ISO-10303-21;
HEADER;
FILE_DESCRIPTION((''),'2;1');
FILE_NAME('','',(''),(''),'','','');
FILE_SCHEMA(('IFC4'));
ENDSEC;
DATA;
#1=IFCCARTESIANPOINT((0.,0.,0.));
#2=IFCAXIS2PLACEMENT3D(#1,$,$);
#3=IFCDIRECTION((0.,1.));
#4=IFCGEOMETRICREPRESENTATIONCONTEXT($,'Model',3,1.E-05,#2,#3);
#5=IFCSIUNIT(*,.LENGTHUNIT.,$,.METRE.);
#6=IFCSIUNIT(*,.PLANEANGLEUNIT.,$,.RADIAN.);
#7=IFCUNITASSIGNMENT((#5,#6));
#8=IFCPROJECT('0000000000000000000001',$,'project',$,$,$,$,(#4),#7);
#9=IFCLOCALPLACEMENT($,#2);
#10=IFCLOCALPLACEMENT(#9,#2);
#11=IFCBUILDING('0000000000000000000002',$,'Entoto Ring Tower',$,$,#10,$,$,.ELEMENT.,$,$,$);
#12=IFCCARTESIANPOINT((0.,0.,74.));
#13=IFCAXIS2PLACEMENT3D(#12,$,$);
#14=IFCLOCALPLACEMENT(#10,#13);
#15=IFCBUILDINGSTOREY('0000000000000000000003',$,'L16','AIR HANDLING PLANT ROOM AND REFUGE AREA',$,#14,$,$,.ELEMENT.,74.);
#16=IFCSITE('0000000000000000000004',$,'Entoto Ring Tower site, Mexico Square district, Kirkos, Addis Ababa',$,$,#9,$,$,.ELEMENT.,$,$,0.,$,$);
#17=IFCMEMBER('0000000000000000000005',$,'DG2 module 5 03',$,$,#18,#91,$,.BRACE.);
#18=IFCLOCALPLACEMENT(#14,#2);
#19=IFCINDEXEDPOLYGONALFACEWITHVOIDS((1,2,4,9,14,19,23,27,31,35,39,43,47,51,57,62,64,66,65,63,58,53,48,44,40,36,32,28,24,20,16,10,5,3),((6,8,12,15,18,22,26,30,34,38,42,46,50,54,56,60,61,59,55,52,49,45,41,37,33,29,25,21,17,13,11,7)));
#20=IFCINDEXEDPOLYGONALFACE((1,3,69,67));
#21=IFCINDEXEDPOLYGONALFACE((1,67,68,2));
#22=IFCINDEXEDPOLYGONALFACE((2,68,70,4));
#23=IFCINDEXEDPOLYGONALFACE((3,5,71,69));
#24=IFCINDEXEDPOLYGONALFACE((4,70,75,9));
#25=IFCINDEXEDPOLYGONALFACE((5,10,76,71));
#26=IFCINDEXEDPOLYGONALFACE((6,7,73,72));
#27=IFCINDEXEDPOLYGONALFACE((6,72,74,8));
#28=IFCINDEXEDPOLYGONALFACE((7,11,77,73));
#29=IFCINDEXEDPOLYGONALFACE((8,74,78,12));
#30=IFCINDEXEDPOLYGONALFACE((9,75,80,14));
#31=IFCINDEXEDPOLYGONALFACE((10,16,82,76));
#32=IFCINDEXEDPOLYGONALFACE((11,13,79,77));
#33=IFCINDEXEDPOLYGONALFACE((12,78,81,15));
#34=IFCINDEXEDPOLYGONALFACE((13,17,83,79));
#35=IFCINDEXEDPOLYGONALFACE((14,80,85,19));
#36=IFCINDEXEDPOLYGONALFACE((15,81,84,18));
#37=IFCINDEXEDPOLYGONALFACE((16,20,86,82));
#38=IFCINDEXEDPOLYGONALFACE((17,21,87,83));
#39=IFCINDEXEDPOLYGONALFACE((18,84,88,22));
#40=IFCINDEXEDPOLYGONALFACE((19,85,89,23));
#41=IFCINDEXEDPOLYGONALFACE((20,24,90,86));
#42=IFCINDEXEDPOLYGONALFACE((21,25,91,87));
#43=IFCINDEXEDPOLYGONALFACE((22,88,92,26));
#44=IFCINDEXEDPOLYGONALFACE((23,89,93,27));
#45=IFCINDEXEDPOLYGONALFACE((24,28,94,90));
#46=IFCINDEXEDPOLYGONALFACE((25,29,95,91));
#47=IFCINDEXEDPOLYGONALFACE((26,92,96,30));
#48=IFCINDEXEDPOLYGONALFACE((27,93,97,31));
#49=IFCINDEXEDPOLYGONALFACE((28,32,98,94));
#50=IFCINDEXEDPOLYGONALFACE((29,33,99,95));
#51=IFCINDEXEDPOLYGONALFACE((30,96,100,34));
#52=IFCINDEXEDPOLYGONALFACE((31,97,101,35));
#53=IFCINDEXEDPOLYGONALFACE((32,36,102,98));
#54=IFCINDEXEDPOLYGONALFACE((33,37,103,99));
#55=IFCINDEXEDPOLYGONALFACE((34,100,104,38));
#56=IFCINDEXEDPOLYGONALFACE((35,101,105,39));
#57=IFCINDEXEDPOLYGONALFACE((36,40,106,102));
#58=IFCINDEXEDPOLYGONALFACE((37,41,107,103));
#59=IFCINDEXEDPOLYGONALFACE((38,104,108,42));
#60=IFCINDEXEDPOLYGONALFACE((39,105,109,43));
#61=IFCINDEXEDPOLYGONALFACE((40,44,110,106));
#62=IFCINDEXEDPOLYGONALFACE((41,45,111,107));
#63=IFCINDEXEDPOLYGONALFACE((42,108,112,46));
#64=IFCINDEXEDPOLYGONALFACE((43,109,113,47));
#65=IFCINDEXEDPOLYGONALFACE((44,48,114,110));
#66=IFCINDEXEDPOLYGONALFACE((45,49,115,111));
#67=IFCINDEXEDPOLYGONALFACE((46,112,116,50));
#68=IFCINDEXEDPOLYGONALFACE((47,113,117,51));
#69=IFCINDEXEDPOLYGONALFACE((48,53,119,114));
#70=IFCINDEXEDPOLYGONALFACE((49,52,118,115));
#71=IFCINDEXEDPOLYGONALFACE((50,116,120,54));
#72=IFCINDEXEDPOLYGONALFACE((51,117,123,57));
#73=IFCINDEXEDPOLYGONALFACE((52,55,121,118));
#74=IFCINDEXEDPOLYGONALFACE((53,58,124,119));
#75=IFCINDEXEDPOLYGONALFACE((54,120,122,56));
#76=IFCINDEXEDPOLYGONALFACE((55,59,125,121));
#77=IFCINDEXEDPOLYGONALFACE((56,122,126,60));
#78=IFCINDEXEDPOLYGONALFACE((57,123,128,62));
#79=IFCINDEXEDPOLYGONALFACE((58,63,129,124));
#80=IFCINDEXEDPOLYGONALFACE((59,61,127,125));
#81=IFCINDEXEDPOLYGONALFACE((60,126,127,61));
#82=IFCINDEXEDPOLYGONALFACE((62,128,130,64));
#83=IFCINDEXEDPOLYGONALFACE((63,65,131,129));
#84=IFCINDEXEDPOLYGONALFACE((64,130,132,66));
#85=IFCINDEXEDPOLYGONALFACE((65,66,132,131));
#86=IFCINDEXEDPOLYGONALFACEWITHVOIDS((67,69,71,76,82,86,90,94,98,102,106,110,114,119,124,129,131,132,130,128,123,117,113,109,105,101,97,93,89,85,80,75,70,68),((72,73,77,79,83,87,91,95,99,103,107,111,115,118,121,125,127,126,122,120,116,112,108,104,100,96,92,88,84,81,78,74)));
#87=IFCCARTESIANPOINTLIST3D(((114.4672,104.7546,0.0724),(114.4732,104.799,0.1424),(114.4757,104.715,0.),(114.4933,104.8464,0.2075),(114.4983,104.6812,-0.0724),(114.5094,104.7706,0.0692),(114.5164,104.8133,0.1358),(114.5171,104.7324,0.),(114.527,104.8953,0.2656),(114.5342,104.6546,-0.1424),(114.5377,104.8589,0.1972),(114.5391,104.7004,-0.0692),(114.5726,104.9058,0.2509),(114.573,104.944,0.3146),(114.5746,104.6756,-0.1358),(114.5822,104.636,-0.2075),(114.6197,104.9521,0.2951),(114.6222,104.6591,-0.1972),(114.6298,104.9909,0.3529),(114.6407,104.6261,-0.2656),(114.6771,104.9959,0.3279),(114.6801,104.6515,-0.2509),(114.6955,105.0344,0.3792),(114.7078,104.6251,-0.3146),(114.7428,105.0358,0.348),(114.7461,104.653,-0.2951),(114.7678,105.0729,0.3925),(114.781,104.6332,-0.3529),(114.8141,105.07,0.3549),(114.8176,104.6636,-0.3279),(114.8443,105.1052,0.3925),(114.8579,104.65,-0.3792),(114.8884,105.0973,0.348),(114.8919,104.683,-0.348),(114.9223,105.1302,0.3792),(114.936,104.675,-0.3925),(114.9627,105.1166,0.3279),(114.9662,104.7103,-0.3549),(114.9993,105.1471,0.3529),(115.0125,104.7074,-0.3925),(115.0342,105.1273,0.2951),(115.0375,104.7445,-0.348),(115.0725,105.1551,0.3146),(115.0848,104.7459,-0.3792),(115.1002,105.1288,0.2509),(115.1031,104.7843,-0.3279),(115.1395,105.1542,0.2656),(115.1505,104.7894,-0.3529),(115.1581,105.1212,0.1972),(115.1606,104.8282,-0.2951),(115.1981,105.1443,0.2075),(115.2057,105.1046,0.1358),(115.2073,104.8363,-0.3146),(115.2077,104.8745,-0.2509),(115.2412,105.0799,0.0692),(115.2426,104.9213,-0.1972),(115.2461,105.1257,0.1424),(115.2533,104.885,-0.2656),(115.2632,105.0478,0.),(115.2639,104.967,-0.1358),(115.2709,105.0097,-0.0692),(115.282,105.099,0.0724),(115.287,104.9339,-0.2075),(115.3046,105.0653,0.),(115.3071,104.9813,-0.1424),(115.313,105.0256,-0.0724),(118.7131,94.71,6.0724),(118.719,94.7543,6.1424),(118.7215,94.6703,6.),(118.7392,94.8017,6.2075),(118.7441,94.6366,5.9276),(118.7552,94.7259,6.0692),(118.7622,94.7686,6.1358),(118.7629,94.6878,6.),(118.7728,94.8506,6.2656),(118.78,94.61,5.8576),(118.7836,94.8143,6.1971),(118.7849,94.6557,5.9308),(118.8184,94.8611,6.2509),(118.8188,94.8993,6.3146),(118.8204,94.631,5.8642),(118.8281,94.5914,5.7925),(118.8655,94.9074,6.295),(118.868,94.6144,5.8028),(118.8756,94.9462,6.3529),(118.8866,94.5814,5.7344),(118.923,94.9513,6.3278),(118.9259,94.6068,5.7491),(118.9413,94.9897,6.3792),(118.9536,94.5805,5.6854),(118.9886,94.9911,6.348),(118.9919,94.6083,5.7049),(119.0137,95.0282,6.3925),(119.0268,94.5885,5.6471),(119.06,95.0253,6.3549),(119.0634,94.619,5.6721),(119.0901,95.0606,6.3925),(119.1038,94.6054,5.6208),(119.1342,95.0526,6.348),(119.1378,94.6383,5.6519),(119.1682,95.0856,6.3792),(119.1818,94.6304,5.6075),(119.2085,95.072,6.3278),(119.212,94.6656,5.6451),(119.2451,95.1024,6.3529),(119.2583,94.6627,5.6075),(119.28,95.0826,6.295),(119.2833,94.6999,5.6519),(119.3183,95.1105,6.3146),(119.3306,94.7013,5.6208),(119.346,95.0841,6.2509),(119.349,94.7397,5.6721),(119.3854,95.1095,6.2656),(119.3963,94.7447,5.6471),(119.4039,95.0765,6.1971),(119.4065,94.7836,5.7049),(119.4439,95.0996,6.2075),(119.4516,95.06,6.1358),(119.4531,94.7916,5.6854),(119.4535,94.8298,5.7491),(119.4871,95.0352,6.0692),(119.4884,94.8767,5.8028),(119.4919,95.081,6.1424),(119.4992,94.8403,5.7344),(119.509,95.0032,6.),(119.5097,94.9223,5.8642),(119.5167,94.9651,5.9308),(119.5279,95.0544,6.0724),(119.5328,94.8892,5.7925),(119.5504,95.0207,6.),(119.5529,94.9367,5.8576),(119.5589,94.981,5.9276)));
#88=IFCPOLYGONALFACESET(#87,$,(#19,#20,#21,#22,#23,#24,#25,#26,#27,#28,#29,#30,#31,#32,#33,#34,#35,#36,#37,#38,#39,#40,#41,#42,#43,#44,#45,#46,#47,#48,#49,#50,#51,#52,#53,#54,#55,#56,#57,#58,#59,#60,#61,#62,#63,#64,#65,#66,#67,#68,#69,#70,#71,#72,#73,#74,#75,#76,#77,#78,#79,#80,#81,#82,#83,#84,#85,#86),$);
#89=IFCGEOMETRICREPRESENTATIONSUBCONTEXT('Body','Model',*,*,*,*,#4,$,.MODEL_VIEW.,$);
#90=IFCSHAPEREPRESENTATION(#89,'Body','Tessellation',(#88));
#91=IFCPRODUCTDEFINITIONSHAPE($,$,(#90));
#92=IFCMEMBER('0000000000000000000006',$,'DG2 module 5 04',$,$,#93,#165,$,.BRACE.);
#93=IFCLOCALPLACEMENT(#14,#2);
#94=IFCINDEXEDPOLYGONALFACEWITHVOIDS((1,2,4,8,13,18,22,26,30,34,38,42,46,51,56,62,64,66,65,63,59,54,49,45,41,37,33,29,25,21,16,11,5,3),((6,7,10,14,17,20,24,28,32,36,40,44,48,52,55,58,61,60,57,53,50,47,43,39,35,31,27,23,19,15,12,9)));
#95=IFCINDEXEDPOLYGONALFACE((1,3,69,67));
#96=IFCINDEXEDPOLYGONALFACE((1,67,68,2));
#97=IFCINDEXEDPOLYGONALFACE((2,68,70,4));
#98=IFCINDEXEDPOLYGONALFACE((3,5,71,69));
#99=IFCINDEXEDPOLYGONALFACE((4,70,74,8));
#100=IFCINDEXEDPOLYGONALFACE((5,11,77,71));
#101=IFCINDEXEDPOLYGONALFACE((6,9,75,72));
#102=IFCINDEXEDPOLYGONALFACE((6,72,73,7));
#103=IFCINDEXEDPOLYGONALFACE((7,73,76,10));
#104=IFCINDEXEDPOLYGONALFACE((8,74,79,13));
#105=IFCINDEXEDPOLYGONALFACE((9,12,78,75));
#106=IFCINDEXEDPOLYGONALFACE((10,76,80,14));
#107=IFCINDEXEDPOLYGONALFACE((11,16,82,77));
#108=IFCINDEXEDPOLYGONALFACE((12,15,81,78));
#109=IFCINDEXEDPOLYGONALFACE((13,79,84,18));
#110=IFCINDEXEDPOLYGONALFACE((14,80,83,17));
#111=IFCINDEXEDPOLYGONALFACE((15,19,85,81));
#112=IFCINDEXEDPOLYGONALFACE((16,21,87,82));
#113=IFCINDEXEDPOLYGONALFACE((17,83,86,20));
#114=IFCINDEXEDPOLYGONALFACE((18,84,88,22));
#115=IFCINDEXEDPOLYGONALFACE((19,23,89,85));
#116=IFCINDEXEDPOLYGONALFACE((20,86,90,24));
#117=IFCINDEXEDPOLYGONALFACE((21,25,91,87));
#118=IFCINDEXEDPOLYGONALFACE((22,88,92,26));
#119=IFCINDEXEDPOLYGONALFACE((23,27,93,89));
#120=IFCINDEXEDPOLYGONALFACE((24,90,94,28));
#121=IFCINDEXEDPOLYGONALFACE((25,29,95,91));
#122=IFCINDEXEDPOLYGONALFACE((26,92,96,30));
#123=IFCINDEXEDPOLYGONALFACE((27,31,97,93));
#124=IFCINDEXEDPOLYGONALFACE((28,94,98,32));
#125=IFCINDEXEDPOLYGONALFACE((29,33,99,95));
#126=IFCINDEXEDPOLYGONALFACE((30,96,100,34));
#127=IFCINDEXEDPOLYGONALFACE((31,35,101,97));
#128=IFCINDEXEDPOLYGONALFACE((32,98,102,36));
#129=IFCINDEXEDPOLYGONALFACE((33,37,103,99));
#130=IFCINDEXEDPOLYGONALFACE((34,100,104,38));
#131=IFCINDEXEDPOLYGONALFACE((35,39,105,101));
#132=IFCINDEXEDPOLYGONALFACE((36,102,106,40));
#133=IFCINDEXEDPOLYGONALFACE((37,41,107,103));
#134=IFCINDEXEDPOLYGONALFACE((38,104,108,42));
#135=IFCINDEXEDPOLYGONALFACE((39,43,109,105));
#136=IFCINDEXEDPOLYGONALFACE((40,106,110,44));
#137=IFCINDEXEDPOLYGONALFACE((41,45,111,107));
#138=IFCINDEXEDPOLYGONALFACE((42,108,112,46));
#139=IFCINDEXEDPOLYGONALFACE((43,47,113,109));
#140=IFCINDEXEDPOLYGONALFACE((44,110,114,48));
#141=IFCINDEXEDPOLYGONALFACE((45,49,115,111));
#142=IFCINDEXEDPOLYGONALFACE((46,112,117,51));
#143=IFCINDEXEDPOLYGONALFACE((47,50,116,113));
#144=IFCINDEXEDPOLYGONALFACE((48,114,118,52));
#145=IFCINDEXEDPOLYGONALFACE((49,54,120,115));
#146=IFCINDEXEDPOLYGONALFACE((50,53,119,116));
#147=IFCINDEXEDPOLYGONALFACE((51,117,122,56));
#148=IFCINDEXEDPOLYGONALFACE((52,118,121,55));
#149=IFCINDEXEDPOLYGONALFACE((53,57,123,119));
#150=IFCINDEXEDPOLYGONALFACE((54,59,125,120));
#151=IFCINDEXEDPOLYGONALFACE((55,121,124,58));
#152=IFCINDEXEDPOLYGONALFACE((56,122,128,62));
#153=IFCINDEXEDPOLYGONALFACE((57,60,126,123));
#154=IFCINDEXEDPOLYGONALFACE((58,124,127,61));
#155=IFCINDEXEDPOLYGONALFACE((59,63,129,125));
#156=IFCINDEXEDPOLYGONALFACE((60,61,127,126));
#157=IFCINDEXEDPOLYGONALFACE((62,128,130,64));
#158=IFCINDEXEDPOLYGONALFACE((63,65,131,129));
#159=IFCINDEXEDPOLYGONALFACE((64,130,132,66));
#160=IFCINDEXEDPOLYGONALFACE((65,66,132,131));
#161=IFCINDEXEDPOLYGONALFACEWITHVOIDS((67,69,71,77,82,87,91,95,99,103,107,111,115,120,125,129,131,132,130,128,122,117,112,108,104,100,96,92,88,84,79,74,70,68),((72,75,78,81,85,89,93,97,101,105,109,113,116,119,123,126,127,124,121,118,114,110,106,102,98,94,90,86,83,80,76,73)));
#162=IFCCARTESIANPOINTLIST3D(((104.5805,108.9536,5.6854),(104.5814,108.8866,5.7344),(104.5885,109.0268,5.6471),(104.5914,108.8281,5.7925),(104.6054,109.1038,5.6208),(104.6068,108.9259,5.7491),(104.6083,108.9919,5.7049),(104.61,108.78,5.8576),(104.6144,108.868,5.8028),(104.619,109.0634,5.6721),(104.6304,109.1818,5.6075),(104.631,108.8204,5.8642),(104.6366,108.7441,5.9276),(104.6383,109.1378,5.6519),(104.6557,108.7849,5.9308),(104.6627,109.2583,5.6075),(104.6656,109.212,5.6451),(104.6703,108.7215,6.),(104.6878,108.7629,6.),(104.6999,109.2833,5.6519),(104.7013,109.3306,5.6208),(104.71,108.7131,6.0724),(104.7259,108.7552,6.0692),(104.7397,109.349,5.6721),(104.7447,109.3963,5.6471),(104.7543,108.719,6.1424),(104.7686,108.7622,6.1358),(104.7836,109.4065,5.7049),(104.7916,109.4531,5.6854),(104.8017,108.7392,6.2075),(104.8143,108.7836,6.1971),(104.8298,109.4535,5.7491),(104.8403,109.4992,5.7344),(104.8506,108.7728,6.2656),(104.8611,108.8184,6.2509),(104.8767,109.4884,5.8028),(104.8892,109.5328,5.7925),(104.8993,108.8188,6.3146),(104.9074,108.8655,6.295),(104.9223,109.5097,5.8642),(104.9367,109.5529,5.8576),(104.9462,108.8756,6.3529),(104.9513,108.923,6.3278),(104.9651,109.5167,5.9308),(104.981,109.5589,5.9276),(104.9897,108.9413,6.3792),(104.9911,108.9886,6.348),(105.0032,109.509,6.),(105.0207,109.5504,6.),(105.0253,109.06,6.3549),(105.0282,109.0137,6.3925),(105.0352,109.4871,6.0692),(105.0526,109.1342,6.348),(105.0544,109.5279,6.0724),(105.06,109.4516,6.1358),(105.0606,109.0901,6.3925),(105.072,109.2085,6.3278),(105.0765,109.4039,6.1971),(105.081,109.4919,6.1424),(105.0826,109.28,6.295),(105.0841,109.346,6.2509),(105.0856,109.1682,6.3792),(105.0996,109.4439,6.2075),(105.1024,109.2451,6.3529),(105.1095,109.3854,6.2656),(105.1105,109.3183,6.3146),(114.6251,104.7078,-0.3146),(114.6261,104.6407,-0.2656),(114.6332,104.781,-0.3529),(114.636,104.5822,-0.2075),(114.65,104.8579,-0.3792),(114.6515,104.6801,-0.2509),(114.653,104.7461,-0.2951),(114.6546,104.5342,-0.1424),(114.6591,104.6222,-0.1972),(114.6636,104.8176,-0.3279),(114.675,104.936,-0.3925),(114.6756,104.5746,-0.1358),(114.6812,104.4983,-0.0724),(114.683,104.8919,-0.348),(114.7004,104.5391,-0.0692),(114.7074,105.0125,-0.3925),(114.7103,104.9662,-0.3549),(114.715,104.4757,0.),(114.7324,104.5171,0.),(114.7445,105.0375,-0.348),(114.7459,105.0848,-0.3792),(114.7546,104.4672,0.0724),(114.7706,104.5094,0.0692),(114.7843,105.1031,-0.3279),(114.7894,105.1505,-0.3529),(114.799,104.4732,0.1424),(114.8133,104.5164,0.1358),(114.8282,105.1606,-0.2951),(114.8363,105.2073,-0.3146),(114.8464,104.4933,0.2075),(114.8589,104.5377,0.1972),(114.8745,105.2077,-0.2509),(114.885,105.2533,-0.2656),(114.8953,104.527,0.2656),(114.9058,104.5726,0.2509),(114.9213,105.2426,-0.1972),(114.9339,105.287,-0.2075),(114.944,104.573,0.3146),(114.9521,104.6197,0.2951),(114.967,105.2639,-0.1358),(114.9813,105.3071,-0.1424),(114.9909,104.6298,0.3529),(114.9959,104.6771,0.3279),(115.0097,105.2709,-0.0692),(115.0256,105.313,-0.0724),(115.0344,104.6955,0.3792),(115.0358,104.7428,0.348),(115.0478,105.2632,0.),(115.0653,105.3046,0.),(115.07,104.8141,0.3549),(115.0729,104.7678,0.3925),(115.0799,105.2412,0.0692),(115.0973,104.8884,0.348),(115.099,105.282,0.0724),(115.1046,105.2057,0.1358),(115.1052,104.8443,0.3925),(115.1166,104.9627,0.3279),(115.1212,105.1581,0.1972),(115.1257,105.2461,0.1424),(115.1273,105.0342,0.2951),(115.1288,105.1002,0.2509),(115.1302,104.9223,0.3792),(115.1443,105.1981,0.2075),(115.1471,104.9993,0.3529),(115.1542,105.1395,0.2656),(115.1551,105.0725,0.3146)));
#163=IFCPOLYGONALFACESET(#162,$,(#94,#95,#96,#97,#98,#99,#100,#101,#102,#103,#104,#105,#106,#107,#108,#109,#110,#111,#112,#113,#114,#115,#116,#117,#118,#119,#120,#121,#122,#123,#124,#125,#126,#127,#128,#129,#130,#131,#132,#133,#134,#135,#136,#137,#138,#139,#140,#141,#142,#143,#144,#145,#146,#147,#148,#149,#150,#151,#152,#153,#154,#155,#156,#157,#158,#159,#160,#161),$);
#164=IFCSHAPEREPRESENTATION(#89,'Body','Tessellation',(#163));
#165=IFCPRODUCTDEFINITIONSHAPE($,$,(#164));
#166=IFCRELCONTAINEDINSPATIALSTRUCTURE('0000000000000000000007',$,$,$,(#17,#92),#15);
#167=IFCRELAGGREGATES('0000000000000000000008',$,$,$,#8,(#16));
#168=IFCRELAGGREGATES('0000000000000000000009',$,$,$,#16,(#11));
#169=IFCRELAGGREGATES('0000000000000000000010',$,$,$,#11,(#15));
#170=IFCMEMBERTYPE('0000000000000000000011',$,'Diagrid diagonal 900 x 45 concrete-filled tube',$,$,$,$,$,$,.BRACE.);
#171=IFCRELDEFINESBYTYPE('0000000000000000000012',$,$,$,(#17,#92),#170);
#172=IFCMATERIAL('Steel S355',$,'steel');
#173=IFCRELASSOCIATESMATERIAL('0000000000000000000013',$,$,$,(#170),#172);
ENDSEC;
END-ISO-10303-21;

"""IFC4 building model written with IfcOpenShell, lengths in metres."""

from ifc_helpers import new_model, si_unit, direction, frame, origin, origin_2d, place, context, subcontext, project, spatial, circle, hollow_circle, extrude, material, material_profile, profile_set, type_object, element, save


model = new_model("IFC4")

# Units and contexts
model_context = context("Model", 3, precision=1e-05, world=origin(), true_north=direction((0.0, 1.0)))
body_context = subcontext(model_context, "Body", "Model", "MODEL_VIEW")
ifc_project = project(units=[si_unit("LENGTHUNIT", "METRE"), si_unit("PLANEANGLEUNIT", "RADIAN")], contexts=[model_context])

# Site, building, storey
site_placement = place(None, origin())
site = spatial("IfcSite", under=ifc_project, at=site_placement, Name="Entoto Ring Tower site, Mexico Square district, Kirkos, Addis Ababa", CompositionType="ELEMENT", RefElevation=0.0)
building_placement = place(site_placement, origin())
building = spatial("IfcBuilding", under=site, at=building_placement, Name="Entoto Ring Tower", CompositionType="ELEMENT")
storey_placement = place(building_placement, frame((0.0, 0.0, 74.0)))
storey = spatial("IfcBuildingStorey", under=building, at=storey_placement, Name="L16", Description="AIR HANDLING PLANT ROOM AND REFUGE AREA", CompositionType="ELEMENT", Elevation=74.0)

# Members
ifc_material_1 = material(Name="Steel S355", Category="steel")
ifc_material_profile_1 = material_profile(ifc_material_1, hollow_circle(Radius=0.45, WallThickness=0.0449, at=origin_2d()), Name="CHS 900 x 45")
ifc_material_2 = material(Name="Concrete C60/75", Category="concrete")
ifc_material_profile_2 = material_profile(ifc_material_2, circle(Radius=0.405, at=origin_2d()), Name="Concrete C60/75 infill")
ifc_profile_set_1 = profile_set([ifc_material_profile_1, ifc_material_profile_2], Name="Steel S355")
member_type_1 = type_object("IfcMemberType", Name="Diagrid diagonal 900 x 45 concrete-filled tube", PredefinedType="BRACE", material=ifc_profile_set_1)
for number, where, z_axis, x_axis, name in (
    (1, (114.8901, 104.8901, 0.0), (0.34112, -0.807009, 0.482052), (0.921093, 0.389343, 0.0), "DG2 module 5 03"),
    (2, (114.8901, 104.8901, 0.0), (-0.807009, 0.34112, 0.482052), (-0.389343, -0.921093, 0.0), "DG2 module 5 04"),
):
    element("IfcMember", number, at=place(storey_placement, frame(where, z_axis=z_axis, x_axis=x_axis)), inside=storey, type_object=member_type_1, Name=name, PredefinedType="BRACE", context=body_context, shape_type="SweptSolid", body=[
        extrude(hollow_circle(Radius=0.45, WallThickness=0.0449, at=origin_2d()), origin(), (0.0, 0.0, 1.0), 12.4468),
    ])

save(model, "model.ifc")
